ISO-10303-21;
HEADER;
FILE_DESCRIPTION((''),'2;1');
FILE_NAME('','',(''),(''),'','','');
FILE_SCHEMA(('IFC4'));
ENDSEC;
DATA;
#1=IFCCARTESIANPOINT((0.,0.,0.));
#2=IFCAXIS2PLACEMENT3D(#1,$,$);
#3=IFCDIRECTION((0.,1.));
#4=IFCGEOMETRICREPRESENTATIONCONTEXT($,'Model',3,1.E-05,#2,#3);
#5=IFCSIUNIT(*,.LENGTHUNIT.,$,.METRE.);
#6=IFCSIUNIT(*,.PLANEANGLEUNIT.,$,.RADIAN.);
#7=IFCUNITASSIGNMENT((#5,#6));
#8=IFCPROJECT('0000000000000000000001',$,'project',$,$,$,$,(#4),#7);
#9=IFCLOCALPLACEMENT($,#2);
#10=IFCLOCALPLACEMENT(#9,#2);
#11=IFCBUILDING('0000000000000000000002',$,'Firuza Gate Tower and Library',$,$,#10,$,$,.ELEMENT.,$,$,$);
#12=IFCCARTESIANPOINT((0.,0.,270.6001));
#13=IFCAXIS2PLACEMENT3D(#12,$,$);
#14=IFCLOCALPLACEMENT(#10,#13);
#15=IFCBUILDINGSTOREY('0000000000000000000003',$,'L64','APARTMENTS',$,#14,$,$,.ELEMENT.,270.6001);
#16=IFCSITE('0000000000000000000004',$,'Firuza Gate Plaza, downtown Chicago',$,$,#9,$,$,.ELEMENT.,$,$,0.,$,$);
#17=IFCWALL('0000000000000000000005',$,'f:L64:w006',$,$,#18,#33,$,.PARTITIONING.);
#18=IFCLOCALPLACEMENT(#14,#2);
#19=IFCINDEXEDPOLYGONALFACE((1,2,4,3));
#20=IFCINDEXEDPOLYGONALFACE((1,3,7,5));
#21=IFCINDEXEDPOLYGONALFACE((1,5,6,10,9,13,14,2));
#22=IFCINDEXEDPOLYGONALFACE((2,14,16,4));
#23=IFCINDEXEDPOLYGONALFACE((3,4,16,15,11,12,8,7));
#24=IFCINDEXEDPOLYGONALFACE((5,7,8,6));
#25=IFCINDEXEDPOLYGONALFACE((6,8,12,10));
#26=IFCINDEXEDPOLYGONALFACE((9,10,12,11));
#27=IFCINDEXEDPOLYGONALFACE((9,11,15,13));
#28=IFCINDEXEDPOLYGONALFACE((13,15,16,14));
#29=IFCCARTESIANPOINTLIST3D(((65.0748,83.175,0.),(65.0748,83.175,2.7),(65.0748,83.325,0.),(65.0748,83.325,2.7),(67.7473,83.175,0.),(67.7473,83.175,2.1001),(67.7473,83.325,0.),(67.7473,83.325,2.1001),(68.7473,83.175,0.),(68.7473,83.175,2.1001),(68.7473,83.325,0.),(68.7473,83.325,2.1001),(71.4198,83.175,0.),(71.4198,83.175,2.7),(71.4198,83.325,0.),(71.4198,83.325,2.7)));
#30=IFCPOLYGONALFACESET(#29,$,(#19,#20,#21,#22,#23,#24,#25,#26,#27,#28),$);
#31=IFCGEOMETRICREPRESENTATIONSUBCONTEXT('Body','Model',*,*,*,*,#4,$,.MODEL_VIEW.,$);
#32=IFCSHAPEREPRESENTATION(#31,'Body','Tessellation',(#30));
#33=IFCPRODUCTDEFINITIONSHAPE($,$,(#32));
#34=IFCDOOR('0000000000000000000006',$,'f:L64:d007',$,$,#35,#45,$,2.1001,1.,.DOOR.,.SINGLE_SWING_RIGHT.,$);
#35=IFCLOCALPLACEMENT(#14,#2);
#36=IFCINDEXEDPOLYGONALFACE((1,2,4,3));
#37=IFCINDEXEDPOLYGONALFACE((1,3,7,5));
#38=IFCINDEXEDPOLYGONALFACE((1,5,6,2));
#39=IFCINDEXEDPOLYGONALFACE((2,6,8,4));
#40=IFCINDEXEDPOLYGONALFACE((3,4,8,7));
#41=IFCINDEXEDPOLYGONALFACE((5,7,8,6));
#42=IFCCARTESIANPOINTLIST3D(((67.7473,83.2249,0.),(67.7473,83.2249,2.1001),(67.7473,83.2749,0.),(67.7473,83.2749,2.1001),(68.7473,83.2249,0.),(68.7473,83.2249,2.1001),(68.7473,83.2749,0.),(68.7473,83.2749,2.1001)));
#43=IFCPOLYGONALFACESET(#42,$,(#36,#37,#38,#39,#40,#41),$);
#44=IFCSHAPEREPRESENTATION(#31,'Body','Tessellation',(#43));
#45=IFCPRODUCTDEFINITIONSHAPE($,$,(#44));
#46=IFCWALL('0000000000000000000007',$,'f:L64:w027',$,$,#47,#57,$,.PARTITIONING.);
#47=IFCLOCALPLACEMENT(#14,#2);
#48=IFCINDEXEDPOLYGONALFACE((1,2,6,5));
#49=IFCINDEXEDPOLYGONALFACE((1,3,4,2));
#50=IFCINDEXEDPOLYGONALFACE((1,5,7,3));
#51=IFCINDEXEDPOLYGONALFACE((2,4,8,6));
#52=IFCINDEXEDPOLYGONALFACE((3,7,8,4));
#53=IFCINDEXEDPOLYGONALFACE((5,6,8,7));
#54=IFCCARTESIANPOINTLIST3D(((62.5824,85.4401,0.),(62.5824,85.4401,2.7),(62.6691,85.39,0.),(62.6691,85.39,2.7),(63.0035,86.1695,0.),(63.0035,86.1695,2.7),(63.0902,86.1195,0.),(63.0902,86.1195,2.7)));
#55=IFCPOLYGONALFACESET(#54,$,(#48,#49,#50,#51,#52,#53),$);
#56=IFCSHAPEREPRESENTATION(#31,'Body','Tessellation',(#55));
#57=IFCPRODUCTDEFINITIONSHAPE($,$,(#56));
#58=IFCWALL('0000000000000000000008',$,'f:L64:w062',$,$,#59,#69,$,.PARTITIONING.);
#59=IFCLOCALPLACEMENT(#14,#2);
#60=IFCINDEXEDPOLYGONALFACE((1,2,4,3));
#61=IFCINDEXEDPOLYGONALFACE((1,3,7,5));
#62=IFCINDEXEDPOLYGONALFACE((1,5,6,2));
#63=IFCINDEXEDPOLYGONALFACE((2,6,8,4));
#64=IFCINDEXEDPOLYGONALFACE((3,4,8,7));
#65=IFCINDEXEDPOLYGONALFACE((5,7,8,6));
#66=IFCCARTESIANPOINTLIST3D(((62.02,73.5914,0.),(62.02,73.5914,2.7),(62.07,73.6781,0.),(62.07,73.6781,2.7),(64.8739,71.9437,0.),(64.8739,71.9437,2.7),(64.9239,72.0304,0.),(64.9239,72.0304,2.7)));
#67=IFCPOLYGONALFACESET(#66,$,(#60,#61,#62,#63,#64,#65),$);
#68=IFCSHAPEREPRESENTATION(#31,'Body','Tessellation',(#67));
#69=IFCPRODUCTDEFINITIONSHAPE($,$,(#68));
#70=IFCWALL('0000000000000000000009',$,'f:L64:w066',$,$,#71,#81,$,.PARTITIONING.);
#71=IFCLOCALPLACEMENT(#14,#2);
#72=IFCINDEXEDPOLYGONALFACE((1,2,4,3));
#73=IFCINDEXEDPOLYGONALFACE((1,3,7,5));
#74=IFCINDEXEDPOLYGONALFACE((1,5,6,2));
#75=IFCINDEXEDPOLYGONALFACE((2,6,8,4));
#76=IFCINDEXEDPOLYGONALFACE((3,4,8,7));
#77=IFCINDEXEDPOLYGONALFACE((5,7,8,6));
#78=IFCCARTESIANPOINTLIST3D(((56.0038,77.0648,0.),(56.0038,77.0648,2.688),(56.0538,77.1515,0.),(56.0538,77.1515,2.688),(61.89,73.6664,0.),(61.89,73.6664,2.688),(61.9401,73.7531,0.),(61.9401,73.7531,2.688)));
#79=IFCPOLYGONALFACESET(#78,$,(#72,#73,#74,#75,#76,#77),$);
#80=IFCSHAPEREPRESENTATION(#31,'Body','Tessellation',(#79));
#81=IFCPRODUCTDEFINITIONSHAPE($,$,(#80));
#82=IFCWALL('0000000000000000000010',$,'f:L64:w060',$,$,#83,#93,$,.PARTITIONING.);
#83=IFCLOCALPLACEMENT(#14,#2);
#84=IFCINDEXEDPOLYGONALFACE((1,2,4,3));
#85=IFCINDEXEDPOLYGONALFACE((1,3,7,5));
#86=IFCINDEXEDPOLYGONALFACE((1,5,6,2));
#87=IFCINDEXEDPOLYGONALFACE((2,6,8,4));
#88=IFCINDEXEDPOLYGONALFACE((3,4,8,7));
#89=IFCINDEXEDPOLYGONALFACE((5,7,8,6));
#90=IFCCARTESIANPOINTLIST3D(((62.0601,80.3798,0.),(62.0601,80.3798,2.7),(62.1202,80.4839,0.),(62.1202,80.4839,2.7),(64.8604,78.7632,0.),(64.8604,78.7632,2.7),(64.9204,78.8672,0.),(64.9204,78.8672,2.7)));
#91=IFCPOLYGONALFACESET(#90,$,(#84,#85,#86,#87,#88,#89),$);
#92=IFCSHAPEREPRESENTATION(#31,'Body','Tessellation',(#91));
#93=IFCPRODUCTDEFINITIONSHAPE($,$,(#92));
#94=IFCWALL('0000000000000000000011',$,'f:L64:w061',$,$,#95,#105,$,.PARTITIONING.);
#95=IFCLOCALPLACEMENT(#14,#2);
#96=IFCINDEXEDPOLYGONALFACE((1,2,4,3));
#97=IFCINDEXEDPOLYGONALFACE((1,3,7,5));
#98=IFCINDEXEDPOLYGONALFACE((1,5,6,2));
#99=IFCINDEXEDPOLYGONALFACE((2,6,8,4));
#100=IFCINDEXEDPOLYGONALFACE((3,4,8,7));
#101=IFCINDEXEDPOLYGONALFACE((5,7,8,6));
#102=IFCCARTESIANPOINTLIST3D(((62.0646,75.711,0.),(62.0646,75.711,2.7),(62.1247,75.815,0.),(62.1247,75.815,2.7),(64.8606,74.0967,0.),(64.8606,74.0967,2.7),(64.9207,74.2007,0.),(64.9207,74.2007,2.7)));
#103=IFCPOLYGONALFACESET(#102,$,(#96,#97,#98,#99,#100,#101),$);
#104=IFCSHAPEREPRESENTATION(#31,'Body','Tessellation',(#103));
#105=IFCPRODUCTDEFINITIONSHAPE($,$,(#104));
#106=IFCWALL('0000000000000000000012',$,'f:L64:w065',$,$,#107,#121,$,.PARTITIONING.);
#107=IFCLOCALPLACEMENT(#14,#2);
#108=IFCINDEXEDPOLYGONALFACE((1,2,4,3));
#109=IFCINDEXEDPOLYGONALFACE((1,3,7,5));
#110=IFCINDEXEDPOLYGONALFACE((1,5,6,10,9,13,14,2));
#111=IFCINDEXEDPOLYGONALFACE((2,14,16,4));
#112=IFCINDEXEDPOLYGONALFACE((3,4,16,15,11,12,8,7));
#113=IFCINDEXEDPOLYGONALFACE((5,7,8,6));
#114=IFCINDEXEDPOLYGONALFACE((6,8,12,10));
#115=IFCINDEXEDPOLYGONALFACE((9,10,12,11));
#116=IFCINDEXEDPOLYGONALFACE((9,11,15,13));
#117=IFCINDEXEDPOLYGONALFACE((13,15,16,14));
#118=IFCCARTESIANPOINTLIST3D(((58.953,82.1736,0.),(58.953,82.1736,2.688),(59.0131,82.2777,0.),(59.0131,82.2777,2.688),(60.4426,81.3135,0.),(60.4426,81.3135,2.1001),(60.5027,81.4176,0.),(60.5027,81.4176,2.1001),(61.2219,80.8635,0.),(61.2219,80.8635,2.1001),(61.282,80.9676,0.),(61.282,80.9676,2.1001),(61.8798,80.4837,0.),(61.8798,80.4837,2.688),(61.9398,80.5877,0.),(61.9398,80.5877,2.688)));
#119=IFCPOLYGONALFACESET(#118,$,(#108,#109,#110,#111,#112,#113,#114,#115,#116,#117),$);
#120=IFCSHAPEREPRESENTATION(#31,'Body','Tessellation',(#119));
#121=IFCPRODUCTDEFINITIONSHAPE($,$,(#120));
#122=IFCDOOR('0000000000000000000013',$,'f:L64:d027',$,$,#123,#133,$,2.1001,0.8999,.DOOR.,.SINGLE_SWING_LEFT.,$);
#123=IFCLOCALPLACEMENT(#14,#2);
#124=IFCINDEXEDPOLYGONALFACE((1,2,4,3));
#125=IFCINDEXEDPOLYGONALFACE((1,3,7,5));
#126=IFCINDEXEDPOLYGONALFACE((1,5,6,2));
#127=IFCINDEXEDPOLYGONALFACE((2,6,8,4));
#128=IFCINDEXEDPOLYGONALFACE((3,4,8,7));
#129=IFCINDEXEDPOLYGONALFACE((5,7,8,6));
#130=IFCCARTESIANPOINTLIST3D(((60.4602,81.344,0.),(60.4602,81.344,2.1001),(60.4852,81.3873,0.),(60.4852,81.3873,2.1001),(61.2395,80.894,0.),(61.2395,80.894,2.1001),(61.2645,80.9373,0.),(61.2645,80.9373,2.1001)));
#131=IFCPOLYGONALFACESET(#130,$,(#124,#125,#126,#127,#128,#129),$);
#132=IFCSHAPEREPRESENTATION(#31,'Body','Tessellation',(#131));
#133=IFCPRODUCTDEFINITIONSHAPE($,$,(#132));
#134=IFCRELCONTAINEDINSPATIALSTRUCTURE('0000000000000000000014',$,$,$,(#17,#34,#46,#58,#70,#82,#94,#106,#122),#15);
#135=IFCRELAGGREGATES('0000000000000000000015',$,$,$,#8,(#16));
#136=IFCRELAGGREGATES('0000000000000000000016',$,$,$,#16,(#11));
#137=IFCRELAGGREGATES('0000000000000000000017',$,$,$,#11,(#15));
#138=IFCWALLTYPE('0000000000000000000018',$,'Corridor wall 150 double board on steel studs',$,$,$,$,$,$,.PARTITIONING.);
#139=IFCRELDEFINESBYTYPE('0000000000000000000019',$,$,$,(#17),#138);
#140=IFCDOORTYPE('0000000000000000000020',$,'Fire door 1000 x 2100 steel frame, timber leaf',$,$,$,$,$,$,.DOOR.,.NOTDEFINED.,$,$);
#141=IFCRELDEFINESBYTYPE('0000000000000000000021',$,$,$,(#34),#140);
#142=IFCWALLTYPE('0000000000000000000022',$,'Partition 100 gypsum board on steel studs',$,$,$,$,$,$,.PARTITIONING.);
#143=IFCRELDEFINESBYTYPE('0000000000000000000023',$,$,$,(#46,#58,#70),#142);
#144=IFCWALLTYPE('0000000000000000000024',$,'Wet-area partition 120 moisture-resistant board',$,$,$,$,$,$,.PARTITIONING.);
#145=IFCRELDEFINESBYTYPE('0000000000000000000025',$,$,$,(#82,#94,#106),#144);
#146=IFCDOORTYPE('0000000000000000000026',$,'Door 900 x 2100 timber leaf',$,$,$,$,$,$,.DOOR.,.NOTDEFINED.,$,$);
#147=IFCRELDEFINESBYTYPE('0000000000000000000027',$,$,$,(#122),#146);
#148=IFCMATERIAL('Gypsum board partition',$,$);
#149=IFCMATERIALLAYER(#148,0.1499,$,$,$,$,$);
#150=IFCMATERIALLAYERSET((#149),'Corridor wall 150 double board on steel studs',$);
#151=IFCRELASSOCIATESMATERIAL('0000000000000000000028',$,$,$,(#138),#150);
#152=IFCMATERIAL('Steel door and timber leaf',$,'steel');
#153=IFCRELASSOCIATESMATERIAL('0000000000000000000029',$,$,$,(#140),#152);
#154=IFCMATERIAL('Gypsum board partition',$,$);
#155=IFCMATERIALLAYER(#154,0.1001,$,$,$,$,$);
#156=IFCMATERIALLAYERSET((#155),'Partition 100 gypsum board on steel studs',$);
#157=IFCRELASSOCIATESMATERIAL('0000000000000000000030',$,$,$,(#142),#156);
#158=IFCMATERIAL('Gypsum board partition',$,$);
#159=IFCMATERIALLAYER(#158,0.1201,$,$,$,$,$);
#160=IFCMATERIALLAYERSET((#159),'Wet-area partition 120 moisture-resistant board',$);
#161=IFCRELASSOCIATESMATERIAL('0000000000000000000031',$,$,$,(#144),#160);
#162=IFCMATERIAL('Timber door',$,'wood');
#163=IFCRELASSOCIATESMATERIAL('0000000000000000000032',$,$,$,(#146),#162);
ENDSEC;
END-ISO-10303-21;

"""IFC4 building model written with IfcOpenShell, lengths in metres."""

from ifc_helpers import new_model, si_unit, direction, frame, frame_2d, origin, place, context, subcontext, project, spatial, rectangle, extrude, material, layer, layer_set, type_object, element, fill, save


model = new_model("IFC4")

# Units and contexts
model_context = context("Model", 3, precision=1e-05, world=origin(), true_north=direction((0.0, 1.0)))
body_context = subcontext(model_context, "Body", "Model", "MODEL_VIEW")
ifc_project = project(units=[si_unit("LENGTHUNIT", "METRE"), si_unit("PLANEANGLEUNIT", "RADIAN")], contexts=[model_context])

# Site, building, storey
site_placement = place(None, origin())
site = spatial("IfcSite", under=ifc_project, at=site_placement, Name="Firuza Gate Plaza, downtown Chicago", CompositionType="ELEMENT", RefElevation=0.0)
building_placement = place(site_placement, origin())
building = spatial("IfcBuilding", under=site, at=building_placement, Name="Firuza Gate Tower and Library", CompositionType="ELEMENT")
storey_placement = place(building_placement, frame((0.0, 0.0, 270.6001)))
storey = spatial("IfcBuildingStorey", under=building, at=storey_placement, Name="L64", Description="APARTMENTS", CompositionType="ELEMENT", Elevation=270.6001)

# Wall, opening, door
ifc_material_1 = material(Name="Gypsum board partition")
ifc_layer_1 = layer(ifc_material_1, 0.1499)
ifc_layer_set_1 = layer_set([ifc_layer_1], Name="Corridor wall 150 double board on steel studs")
wall_type_1 = type_object("IfcWallType", Name="Corridor wall 150 double board on steel studs", PredefinedType="PARTITIONING", material=ifc_layer_set_1)
wall_1_placement = place(storey_placement, frame((65.075, 83.25, 0.0), z_axis=(0.0, 0.0, 1.0), x_axis=(1.0, 0.0, 0.0)))
wall_1 = element("IfcWall", 1, at=wall_1_placement, inside=storey, type_object=wall_type_1, Name="f:L64:w006", PredefinedType="PARTITIONING", context=body_context, shape_type="SweptSolid", body=[
    extrude(rectangle(XDim=6.345, YDim=0.1499, at=frame_2d((3.1724, 0.0))), origin(), (0.0, 0.0, 1.0), 2.7),
])
opening_1_placement = place(wall_1_placement, frame((2.6724, 0.0, 0.0)))
opening_1 = element("IfcOpeningElement", 2, at=opening_1_placement, cuts=wall_1, PredefinedType="OPENING", context=body_context, shape_type="SweptSolid", body=[
    extrude(rectangle(XDim=1.0, YDim=2.1001, at=frame_2d((0.5, 1.05))), frame((0.0, 0.085, 0.0), z_axis=(0.0, -1.0, 0.0), x_axis=(1.0, 0.0, 0.0)), (0.0, 0.0, 1.0), 0.1699),
])
ifc_material_2 = material(Name="Steel door and timber leaf", Category="steel")
door_type_1 = type_object("IfcDoorType", Name="Fire door 1000 x 2100 steel frame, timber leaf", OperationType="NOTDEFINED", PredefinedType="DOOR", material=ifc_material_2)
door_1_placement = place(opening_1_placement, origin())
door_1 = element("IfcDoor", 3, at=door_1_placement, inside=storey, type_object=door_type_1, Name="f:L64:d007", OperationType="SINGLE_SWING_RIGHT", OverallHeight=2.1001, OverallWidth=1.0, PredefinedType="DOOR", context=body_context, shape_type="SweptSolid", body=[
    extrude(rectangle(XDim=1.0, YDim=2.1001, at=frame_2d((0.5, 1.05))), frame((0.0, 0.0249, 0.0), z_axis=(0.0, -1.0, 0.0), x_axis=(1.0, 0.0, 0.0)), (0.0, 0.0, 1.0), 0.05),
])
fill(opening_1, door_1)

# Walls
ifc_material_3 = material(Name="Gypsum board partition")
ifc_layer_2 = layer(ifc_material_3, 0.1001)
ifc_layer_set_2 = layer_set([ifc_layer_2], Name="Partition 100 gypsum board on steel studs")
wall_type_2 = type_object("IfcWallType", Name="Partition 100 gypsum board on steel studs", PredefinedType="PARTITIONING", material=ifc_layer_set_2)
wall_2_placement = place(storey_placement, frame((62.6257, 85.415, 0.0), z_axis=(0.0, 0.0, 1.0), x_axis=(0.499973, 0.866041, 0.0)))
element("IfcWall", 4, at=wall_2_placement, inside=storey, type_object=wall_type_2, Name="f:L64:w027", PredefinedType="PARTITIONING", context=body_context, shape_type="SweptSolid", body=[
    extrude(rectangle(XDim=0.8423, YDim=0.1001, at=frame_2d((0.4211, 0.0))), origin(), (0.0, 0.0, 1.0), 2.7),
])
wall_3_placement = place(storey_placement, frame((64.8989, 71.9871, 0.0), z_axis=(0.0, 0.0, 1.0), x_axis=(-0.866033, 0.499988, 0.0)))
element("IfcWall", 5, at=wall_3_placement, inside=storey, type_object=wall_type_2, Name="f:L64:w062", PredefinedType="PARTITIONING", context=body_context, shape_type="SweptSolid", body=[
    extrude(rectangle(XDim=3.2954, YDim=0.1001, at=frame_2d((1.6477, 0.0))), origin(), (0.0, 0.0, 1.0), 2.7),
])
wall_4_placement = place(storey_placement, frame((61.915, 73.7097, 0.0), z_axis=(0.0, 0.0, 1.0), x_axis=(-0.866024, 0.500002, 0.0)))
element("IfcWall", 6, at=wall_4_placement, inside=storey, type_object=wall_type_2, Name="f:L64:w066", PredefinedType="PARTITIONING", context=body_context, shape_type="SweptSolid", body=[
    extrude(rectangle(XDim=6.7969, YDim=0.1001, at=frame_2d((3.3984, 0.0))), origin(), (0.0, 0.0, 1.0), 2.688),
])
ifc_material_4 = material(Name="Gypsum board partition")
ifc_layer_3 = layer(ifc_material_4, 0.1201)
ifc_layer_set_3 = layer_set([ifc_layer_3], Name="Wet-area partition 120 moisture-resistant board")
wall_type_3 = type_object("IfcWallType", Name="Wet-area partition 120 moisture-resistant board", PredefinedType="PARTITIONING", material=ifc_layer_set_3)
wall_5_placement = place(storey_placement, frame((64.8904, 78.8152, 0.0), z_axis=(0.0, 0.0, 1.0), x_axis=(-0.866032, 0.499988, 0.0)))
element("IfcWall", 7, at=wall_5_placement, inside=storey, type_object=wall_type_3, Name="f:L64:w060", PredefinedType="PARTITIONING", context=body_context, shape_type="SweptSolid", body=[
    extrude(rectangle(XDim=3.2334, YDim=0.1201, at=frame_2d((1.6167, 0.0))), origin(), (0.0, 0.0, 1.0), 2.7),
])
wall_6_placement = place(storey_placement, frame((64.8906, 74.1487, 0.0), z_axis=(0.0, 0.0, 1.0), x_axis=(-0.866019, 0.50001, 0.0)))
element("IfcWall", 8, at=wall_6_placement, inside=storey, type_object=wall_type_3, Name="f:L64:w061", PredefinedType="PARTITIONING", context=body_context, shape_type="SweptSolid", body=[
    extrude(rectangle(XDim=3.2285, YDim=0.1201, at=frame_2d((1.6143, 0.0))), origin(), (0.0, 0.0, 1.0), 2.7),
])

# Wall, opening, door
wall_7_placement = place(storey_placement, frame((61.9099, 80.5356, 0.0), z_axis=(0.0, 0.0, 1.0), x_axis=(-0.866003, 0.500039, 0.0)))
wall_7 = element("IfcWall", 9, at=wall_7_placement, inside=storey, type_object=wall_type_3, Name="f:L64:w065", PredefinedType="PARTITIONING", context=body_context, shape_type="SweptSolid", body=[
    extrude(rectangle(XDim=3.3796, YDim=0.1201, at=frame_2d((1.6899, 0.0))), origin(), (0.0, 0.0, 1.0), 2.688),
])
opening_2_placement = place(wall_7_placement, frame((0.7598, 0.0, 0.0)))
opening_2 = element("IfcOpeningElement", 10, at=opening_2_placement, cuts=wall_7, PredefinedType="OPENING", context=body_context, shape_type="SweptSolid", body=[
    extrude(rectangle(XDim=0.8999, YDim=2.1001, at=frame_2d((0.45, 1.05))), frame((0.0, 0.0701, 0.0), z_axis=(0.0, -1.0, 0.0), x_axis=(1.0, 0.0, 0.0)), (0.0, 0.0, 1.0), 0.1401),
])
ifc_material_5 = material(Name="Timber door", Category="wood")
door_type_2 = type_object("IfcDoorType", Name="Door 900 x 2100 timber leaf", OperationType="NOTDEFINED", PredefinedType="DOOR", material=ifc_material_5)
door_2_placement = place(opening_2_placement, origin())
door_2 = element("IfcDoor", 11, at=door_2_placement, inside=storey, type_object=door_type_2, Name="f:L64:d027", OperationType="SINGLE_SWING_LEFT", OverallHeight=2.1001, OverallWidth=0.8999, PredefinedType="DOOR", context=body_context, shape_type="SweptSolid", body=[
    extrude(rectangle(XDim=0.8999, YDim=2.1001, at=frame_2d((0.45, 1.05))), frame((0.0, 0.0249, 0.0), z_axis=(0.0, -1.0, 0.0), x_axis=(1.0, 0.0, 0.0)), (0.0, 0.0, 1.0), 0.05),
])
fill(opening_2, door_2)

save(model, "model.ifc")
